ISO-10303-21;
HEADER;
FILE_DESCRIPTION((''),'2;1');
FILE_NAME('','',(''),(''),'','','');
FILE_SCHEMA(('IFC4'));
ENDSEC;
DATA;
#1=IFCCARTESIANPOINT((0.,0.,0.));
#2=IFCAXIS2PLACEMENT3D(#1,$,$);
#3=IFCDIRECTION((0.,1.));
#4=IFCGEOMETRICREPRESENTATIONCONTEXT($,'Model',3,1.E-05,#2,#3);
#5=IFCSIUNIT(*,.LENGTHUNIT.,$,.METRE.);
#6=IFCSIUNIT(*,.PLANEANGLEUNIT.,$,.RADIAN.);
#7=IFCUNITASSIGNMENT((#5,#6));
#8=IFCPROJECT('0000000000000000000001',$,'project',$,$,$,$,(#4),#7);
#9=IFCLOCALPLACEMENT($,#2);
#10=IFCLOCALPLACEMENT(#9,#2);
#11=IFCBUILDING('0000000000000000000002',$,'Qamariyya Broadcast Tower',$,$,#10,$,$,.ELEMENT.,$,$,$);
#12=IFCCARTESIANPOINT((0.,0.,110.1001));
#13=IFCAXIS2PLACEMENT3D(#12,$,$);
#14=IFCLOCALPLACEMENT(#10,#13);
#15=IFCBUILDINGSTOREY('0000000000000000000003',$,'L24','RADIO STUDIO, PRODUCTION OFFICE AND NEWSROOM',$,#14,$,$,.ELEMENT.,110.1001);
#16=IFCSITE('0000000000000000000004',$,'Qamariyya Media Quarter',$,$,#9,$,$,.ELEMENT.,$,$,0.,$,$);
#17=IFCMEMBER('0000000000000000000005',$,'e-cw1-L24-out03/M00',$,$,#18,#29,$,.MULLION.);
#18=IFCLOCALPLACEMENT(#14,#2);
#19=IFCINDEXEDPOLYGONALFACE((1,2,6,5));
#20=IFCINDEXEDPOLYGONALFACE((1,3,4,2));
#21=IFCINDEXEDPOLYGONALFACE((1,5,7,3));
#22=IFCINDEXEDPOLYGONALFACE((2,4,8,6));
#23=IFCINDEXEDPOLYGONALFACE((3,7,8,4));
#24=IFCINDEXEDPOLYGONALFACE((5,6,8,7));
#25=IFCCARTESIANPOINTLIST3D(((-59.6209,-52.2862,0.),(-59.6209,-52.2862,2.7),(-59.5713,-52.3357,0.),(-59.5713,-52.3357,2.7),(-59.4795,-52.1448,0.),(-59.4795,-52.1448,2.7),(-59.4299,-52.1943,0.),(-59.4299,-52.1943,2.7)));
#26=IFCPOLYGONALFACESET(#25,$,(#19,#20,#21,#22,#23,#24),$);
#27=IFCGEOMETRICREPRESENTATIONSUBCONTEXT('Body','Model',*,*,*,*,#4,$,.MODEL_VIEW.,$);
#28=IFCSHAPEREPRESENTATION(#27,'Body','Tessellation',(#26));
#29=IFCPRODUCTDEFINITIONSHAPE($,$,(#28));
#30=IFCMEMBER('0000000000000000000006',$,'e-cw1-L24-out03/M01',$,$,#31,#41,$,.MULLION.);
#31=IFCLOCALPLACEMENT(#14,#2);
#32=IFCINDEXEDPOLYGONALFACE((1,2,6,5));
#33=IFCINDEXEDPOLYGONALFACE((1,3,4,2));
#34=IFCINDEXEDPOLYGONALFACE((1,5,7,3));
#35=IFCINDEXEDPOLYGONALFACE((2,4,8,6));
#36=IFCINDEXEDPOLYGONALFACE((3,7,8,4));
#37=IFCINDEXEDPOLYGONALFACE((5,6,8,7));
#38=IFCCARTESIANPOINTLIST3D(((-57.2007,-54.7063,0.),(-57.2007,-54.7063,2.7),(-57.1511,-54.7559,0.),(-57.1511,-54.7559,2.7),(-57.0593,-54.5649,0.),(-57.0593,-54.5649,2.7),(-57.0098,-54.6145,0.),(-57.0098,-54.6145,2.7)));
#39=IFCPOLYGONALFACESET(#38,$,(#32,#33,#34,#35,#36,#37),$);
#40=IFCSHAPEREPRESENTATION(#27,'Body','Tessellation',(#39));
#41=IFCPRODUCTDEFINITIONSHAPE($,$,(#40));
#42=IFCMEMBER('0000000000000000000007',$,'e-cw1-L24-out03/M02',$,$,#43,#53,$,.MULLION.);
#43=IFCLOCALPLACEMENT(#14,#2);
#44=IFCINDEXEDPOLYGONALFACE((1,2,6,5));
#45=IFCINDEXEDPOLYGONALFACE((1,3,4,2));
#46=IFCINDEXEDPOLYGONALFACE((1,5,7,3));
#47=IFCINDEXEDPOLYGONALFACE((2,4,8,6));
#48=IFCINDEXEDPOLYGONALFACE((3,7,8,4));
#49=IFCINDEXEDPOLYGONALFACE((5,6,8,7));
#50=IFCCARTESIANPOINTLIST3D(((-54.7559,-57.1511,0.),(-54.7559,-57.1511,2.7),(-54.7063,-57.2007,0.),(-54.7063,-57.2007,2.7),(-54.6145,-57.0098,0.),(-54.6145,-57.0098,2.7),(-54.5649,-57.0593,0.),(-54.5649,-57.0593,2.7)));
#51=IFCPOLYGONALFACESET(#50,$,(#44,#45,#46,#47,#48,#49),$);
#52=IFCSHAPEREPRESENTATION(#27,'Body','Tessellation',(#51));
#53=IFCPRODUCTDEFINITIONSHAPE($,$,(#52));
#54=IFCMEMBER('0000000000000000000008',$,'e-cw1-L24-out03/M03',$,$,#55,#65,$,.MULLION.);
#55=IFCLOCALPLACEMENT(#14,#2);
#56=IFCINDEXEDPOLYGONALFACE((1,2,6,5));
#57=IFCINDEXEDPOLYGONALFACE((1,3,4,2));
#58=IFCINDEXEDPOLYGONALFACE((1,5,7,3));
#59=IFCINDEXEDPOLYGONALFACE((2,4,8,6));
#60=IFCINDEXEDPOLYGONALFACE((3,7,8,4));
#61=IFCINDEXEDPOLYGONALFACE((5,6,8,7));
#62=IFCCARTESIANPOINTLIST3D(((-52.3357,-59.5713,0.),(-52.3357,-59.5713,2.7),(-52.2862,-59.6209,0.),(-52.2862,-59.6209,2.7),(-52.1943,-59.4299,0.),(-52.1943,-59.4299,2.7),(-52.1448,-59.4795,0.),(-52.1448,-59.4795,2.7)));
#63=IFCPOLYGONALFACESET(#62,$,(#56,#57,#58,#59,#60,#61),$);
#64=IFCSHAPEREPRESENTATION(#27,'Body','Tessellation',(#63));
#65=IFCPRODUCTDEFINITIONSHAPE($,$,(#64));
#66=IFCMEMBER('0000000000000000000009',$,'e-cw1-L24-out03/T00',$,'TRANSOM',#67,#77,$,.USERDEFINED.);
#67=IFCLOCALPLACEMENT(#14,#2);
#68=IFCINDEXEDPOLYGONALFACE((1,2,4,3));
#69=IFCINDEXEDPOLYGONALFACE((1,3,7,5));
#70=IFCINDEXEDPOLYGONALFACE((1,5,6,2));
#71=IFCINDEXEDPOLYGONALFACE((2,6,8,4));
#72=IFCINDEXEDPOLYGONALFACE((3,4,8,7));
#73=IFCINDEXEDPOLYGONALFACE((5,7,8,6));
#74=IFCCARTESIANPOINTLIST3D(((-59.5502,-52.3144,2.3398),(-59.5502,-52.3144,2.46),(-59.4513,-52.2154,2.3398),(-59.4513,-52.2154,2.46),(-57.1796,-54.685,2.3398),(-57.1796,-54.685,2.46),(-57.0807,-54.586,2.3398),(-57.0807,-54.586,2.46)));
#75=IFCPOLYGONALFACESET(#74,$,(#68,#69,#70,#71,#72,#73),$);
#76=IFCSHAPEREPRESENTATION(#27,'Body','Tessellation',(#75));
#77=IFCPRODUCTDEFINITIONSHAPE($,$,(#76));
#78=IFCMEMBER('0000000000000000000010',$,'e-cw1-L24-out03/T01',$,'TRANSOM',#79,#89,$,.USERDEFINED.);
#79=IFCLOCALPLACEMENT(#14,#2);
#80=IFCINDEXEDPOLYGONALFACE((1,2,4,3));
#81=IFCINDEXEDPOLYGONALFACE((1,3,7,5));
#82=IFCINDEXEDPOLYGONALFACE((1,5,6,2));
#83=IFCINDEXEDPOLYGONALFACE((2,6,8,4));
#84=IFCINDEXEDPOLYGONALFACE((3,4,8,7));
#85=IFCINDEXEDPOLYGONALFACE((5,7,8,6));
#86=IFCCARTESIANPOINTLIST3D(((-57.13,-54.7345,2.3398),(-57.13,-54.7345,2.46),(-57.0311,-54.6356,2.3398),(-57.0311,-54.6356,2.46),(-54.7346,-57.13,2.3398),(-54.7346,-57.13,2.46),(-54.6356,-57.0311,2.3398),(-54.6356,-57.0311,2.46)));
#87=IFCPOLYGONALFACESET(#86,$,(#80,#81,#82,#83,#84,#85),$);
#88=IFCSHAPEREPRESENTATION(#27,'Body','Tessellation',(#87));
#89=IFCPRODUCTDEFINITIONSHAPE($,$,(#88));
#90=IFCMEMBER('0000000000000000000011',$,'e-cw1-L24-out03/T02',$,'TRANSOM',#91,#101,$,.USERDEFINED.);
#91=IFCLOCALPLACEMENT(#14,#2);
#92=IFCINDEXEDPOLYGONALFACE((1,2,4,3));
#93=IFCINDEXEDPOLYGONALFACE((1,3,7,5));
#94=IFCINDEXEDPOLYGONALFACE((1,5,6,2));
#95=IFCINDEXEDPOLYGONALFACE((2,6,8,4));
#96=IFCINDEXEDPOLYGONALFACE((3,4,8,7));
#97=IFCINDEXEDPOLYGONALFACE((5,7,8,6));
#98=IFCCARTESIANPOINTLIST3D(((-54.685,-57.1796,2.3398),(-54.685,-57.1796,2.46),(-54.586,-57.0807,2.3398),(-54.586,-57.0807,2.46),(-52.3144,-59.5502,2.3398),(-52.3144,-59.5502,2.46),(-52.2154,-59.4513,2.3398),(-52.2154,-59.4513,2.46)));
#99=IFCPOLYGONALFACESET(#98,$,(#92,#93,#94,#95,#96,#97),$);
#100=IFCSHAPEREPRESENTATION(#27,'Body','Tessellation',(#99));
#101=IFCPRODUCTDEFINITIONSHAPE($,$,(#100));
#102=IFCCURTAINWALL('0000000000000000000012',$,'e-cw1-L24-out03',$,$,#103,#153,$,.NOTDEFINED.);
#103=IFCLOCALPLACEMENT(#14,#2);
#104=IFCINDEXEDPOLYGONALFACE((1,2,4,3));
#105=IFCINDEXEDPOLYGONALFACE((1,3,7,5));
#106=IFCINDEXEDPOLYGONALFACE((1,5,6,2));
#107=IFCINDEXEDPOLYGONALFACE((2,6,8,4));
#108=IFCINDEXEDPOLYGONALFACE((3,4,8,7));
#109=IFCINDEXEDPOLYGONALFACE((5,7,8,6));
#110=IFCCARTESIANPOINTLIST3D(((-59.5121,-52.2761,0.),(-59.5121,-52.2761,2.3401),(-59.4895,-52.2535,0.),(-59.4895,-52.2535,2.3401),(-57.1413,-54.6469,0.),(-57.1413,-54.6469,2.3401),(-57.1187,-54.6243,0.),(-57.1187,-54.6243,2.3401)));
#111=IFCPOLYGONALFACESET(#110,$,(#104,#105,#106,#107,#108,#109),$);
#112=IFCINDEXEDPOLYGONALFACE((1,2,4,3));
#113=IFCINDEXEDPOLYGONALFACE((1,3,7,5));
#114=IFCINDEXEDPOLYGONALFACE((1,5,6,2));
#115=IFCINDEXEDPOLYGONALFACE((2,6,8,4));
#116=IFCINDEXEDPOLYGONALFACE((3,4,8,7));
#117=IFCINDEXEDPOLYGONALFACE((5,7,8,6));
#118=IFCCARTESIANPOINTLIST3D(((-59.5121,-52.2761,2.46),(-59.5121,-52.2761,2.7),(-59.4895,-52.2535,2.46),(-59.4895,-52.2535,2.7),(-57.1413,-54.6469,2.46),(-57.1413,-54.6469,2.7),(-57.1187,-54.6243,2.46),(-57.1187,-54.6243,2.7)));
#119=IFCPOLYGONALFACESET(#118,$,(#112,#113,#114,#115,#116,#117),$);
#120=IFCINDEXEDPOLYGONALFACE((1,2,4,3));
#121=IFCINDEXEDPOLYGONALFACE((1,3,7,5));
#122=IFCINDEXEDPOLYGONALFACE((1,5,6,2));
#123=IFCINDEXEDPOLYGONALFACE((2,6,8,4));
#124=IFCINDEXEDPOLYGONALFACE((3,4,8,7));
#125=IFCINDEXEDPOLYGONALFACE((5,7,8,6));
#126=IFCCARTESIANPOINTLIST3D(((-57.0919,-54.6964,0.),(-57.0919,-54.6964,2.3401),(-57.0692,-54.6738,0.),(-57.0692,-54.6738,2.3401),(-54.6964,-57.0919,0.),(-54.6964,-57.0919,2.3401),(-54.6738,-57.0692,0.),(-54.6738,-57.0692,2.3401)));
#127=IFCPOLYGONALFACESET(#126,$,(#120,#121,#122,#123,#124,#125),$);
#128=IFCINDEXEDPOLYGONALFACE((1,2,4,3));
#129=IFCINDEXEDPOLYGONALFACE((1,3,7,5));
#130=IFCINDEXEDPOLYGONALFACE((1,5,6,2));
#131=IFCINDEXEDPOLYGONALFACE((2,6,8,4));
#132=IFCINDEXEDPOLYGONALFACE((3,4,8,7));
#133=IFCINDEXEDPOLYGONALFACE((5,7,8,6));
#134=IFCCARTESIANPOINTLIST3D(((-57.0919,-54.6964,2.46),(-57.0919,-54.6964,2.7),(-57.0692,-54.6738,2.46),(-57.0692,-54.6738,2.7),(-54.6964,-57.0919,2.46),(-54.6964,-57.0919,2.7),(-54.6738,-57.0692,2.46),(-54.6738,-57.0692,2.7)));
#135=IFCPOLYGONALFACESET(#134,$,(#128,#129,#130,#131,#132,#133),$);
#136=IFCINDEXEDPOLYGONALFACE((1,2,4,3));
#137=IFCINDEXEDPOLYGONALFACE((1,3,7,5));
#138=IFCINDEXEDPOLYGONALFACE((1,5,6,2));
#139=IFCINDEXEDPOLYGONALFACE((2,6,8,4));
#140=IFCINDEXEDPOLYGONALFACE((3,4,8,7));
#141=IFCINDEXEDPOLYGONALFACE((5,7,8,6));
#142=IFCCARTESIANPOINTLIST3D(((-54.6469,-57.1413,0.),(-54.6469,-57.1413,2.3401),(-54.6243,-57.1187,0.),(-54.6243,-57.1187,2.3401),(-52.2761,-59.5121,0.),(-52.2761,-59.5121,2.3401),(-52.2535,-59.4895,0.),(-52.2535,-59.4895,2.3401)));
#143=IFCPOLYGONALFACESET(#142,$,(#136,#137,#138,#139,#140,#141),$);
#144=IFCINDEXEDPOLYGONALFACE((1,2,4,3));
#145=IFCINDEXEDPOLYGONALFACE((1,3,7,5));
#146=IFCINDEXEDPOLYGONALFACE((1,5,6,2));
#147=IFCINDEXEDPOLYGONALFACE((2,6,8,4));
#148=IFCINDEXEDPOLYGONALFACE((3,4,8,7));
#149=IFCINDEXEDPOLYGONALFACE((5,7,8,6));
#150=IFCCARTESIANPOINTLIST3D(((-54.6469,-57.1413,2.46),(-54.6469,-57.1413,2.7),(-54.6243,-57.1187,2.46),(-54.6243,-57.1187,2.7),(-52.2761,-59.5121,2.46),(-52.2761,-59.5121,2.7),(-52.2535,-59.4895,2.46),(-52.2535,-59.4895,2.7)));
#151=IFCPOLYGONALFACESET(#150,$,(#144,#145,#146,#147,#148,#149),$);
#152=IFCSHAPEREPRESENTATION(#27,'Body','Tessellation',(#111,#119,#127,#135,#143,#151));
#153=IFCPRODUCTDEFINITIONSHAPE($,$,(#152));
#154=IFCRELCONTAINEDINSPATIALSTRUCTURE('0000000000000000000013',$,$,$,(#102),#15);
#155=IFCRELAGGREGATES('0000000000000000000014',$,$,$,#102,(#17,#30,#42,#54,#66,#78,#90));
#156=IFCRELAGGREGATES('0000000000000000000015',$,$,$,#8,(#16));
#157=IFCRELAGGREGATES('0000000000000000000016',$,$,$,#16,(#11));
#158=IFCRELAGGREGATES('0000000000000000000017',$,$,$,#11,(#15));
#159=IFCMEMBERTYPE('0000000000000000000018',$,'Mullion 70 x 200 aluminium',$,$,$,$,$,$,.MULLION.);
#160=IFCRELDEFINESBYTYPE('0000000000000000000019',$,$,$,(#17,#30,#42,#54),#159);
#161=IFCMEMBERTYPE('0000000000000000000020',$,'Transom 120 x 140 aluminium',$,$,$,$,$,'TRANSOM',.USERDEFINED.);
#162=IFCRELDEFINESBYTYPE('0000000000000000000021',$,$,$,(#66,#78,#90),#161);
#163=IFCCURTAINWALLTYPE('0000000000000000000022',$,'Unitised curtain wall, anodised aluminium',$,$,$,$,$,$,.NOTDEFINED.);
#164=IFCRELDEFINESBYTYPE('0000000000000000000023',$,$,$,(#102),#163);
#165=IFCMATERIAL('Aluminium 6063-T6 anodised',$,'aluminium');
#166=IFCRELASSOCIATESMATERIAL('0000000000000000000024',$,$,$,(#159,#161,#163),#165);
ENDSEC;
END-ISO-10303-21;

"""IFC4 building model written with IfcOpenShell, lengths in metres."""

from ifc_helpers import new_model, si_unit, direction, frame, origin, origin_2d, place, context, subcontext, project, spatial, rectangle, extrude, material, material_profile, profile_set, type_object, element, aggregate, save


model = new_model("IFC4")

# Units and contexts
model_context = context("Model", 3, precision=1e-05, world=origin(), true_north=direction((0.0, 1.0)))
body_context = subcontext(model_context, "Body", "Model", "MODEL_VIEW")
ifc_project = project(units=[si_unit("LENGTHUNIT", "METRE"), si_unit("PLANEANGLEUNIT", "RADIAN")], contexts=[model_context])

# Members
ifc_material_1 = material(Name="Aluminium 6063-T6 anodised", Category="aluminium")
ifc_material_profile_1 = material_profile(ifc_material_1, rectangle(XDim=0.2, YDim=0.0701, at=origin_2d()))
ifc_profile_set_1 = profile_set([ifc_material_profile_1], Name="Aluminium 6063-T6 anodised")
member_type_1 = type_object("IfcMemberType", Name="Mullion 70 x 200 aluminium", PredefinedType="MULLION", material=ifc_profile_set_1)
site_placement = place(None, origin())
building_placement = place(site_placement, origin())
storey_placement = place(building_placement, frame((0.0, 0.0, 110.1001)))
member_1_placement = place(storey_placement, frame((-59.5254, -52.2402, 0.0), z_axis=(0.0, 0.0, 1.0), x_axis=(0.707107, 0.707107, 0.0)))
member_1 = element("IfcMember", 1, at=member_1_placement, type_object=member_type_1, Name="e-cw1-L24-out03/M00", PredefinedType="MULLION", context=body_context, shape_type="SweptSolid", body=[
    extrude(rectangle(XDim=0.2, YDim=0.0701, at=origin_2d()), origin(), (0.0, 0.0, 1.0), 2.7),
])
member_2_placement = place(storey_placement, frame((-57.1052, -54.6604, 0.0), z_axis=(0.0, 0.0, 1.0), x_axis=(0.707107, 0.707107, 0.0)))
member_2 = element("IfcMember", 2, at=member_2_placement, type_object=member_type_1, Name="e-cw1-L24-out03/M01", PredefinedType="MULLION", context=body_context, shape_type="SweptSolid", body=[
    extrude(rectangle(XDim=0.2, YDim=0.0701, at=origin_2d()), origin(), (0.0, 0.0, 1.0), 2.7),
])
member_3_placement = place(storey_placement, frame((-54.6604, -57.1052, 0.0), z_axis=(0.0, 0.0, 1.0), x_axis=(0.707107, 0.707107, 0.0)))
member_3 = element("IfcMember", 3, at=member_3_placement, type_object=member_type_1, Name="e-cw1-L24-out03/M02", PredefinedType="MULLION", context=body_context, shape_type="SweptSolid", body=[
    extrude(rectangle(XDim=0.2, YDim=0.0701, at=origin_2d()), origin(), (0.0, 0.0, 1.0), 2.7),
])
member_4_placement = place(storey_placement, frame((-52.2402, -59.5254, 0.0), z_axis=(0.0, 0.0, 1.0), x_axis=(0.707107, 0.707107, 0.0)))
member_4 = element("IfcMember", 4, at=member_4_placement, type_object=member_type_1, Name="e-cw1-L24-out03/M03", PredefinedType="MULLION", context=body_context, shape_type="SweptSolid", body=[
    extrude(rectangle(XDim=0.2, YDim=0.0701, at=origin_2d()), origin(), (0.0, 0.0, 1.0), 2.7),
])
ifc_material_profile_2 = material_profile(ifc_material_1, rectangle(XDim=0.1399, YDim=0.1201, at=origin_2d()))
ifc_profile_set_2 = profile_set([ifc_material_profile_2], Name="Aluminium 6063-T6 anodised")
member_type_2 = type_object("IfcMemberType", Name="Transom 120 x 140 aluminium", ElementType="TRANSOM", PredefinedType="USERDEFINED", material=ifc_profile_set_2)
member_5_placement = place(storey_placement, frame((-59.5007, -52.2649, 2.3999), z_axis=(0.707107, -0.707107, 0.0), x_axis=(0.707107, 0.707107, 0.0)))
member_5 = element("IfcMember", 5, at=member_5_placement, type_object=member_type_2, Name="e-cw1-L24-out03/T00", ObjectType="TRANSOM", PredefinedType="USERDEFINED", context=body_context, shape_type="SweptSolid", body=[
    extrude(rectangle(XDim=0.1399, YDim=0.1201, at=origin_2d()), origin(), (0.0, 0.0, 1.0), 3.3525),
])
member_6_placement = place(storey_placement, frame((-57.0806, -54.6851, 2.3999), z_axis=(0.707107, -0.707107, 0.0), x_axis=(0.707107, 0.707107, 0.0)))
member_6 = element("IfcMember", 6, at=member_6_placement, type_object=member_type_2, Name="e-cw1-L24-out03/T01", ObjectType="TRANSOM", PredefinedType="USERDEFINED", context=body_context, shape_type="SweptSolid", body=[
    extrude(rectangle(XDim=0.1399, YDim=0.1201, at=origin_2d()), origin(), (0.0, 0.0, 1.0), 3.3877),
])
member_7_placement = place(storey_placement, frame((-54.6355, -57.1301, 2.3999), z_axis=(0.707107, -0.707107, 0.0), x_axis=(0.707107, 0.707107, 0.0)))
member_7 = element("IfcMember", 7, at=member_7_placement, type_object=member_type_2, Name="e-cw1-L24-out03/T02", ObjectType="TRANSOM", PredefinedType="USERDEFINED", context=body_context, shape_type="SweptSolid", body=[
    extrude(rectangle(XDim=0.1399, YDim=0.1201, at=origin_2d()), origin(), (0.0, 0.0, 1.0), 3.3525),
])

# Site, building, storey
site = spatial("IfcSite", under=ifc_project, at=site_placement, Name="Qamariyya Media Quarter", CompositionType="ELEMENT", RefElevation=0.0)
building = spatial("IfcBuilding", under=site, at=building_placement, Name="Qamariyya Broadcast Tower", CompositionType="ELEMENT")
storey = spatial("IfcBuildingStorey", under=building, at=storey_placement, Name="L24", Description="RADIO STUDIO, PRODUCTION OFFICE AND NEWSROOM", CompositionType="ELEMENT", Elevation=110.1001)

# Curtain wall
curtain_wall_type = type_object("IfcCurtainWallType", Name="Unitised curtain wall, anodised aluminium", PredefinedType="NOTDEFINED", material=ifc_material_1)
curtain_wall_1_placement = place(storey_placement, origin())
curtain_wall_1 = element("IfcCurtainWall", 8, at=curtain_wall_1_placement, inside=storey, type_object=curtain_wall_type, Name="e-cw1-L24-out03", PredefinedType="NOTDEFINED", context=body_context, shape_type="SweptSolid", body=[
    extrude(rectangle(XDim=3.3528, YDim=0.032, at=origin_2d()), frame((-58.3154, -53.4502, 0.0), x_axis=(0.707107, -0.707107, 0.0)), (0.0, 0.0, 1.0), 2.3401),
    extrude(rectangle(XDim=3.3528, YDim=0.032, at=origin_2d()), frame((-58.3154, -53.4502, 2.46), x_axis=(0.707107, -0.707107, 0.0)), (0.0, 0.0, 1.0), 0.24),
    extrude(rectangle(XDim=3.3877, YDim=0.032, at=origin_2d()), frame((-55.8828, -55.8828, 0.0), x_axis=(0.707107, -0.707107, 0.0)), (0.0, 0.0, 1.0), 2.3401),
    extrude(rectangle(XDim=3.3877, YDim=0.032, at=origin_2d()), frame((-55.8828, -55.8828, 2.46), x_axis=(0.707107, -0.707107, 0.0)), (0.0, 0.0, 1.0), 0.24),
    extrude(rectangle(XDim=3.3528, YDim=0.032, at=origin_2d()), frame((-53.4502, -58.3154, 0.0), x_axis=(0.707107, -0.707107, 0.0)), (0.0, 0.0, 1.0), 2.3401),
    extrude(rectangle(XDim=3.3528, YDim=0.032, at=origin_2d()), frame((-53.4502, -58.3154, 2.46), x_axis=(0.707107, -0.707107, 0.0)), (0.0, 0.0, 1.0), 0.24),
])
aggregate(curtain_wall_1, [member_1, member_2, member_3, member_4, member_5, member_6, member_7])

save(model, "model.ifc")
